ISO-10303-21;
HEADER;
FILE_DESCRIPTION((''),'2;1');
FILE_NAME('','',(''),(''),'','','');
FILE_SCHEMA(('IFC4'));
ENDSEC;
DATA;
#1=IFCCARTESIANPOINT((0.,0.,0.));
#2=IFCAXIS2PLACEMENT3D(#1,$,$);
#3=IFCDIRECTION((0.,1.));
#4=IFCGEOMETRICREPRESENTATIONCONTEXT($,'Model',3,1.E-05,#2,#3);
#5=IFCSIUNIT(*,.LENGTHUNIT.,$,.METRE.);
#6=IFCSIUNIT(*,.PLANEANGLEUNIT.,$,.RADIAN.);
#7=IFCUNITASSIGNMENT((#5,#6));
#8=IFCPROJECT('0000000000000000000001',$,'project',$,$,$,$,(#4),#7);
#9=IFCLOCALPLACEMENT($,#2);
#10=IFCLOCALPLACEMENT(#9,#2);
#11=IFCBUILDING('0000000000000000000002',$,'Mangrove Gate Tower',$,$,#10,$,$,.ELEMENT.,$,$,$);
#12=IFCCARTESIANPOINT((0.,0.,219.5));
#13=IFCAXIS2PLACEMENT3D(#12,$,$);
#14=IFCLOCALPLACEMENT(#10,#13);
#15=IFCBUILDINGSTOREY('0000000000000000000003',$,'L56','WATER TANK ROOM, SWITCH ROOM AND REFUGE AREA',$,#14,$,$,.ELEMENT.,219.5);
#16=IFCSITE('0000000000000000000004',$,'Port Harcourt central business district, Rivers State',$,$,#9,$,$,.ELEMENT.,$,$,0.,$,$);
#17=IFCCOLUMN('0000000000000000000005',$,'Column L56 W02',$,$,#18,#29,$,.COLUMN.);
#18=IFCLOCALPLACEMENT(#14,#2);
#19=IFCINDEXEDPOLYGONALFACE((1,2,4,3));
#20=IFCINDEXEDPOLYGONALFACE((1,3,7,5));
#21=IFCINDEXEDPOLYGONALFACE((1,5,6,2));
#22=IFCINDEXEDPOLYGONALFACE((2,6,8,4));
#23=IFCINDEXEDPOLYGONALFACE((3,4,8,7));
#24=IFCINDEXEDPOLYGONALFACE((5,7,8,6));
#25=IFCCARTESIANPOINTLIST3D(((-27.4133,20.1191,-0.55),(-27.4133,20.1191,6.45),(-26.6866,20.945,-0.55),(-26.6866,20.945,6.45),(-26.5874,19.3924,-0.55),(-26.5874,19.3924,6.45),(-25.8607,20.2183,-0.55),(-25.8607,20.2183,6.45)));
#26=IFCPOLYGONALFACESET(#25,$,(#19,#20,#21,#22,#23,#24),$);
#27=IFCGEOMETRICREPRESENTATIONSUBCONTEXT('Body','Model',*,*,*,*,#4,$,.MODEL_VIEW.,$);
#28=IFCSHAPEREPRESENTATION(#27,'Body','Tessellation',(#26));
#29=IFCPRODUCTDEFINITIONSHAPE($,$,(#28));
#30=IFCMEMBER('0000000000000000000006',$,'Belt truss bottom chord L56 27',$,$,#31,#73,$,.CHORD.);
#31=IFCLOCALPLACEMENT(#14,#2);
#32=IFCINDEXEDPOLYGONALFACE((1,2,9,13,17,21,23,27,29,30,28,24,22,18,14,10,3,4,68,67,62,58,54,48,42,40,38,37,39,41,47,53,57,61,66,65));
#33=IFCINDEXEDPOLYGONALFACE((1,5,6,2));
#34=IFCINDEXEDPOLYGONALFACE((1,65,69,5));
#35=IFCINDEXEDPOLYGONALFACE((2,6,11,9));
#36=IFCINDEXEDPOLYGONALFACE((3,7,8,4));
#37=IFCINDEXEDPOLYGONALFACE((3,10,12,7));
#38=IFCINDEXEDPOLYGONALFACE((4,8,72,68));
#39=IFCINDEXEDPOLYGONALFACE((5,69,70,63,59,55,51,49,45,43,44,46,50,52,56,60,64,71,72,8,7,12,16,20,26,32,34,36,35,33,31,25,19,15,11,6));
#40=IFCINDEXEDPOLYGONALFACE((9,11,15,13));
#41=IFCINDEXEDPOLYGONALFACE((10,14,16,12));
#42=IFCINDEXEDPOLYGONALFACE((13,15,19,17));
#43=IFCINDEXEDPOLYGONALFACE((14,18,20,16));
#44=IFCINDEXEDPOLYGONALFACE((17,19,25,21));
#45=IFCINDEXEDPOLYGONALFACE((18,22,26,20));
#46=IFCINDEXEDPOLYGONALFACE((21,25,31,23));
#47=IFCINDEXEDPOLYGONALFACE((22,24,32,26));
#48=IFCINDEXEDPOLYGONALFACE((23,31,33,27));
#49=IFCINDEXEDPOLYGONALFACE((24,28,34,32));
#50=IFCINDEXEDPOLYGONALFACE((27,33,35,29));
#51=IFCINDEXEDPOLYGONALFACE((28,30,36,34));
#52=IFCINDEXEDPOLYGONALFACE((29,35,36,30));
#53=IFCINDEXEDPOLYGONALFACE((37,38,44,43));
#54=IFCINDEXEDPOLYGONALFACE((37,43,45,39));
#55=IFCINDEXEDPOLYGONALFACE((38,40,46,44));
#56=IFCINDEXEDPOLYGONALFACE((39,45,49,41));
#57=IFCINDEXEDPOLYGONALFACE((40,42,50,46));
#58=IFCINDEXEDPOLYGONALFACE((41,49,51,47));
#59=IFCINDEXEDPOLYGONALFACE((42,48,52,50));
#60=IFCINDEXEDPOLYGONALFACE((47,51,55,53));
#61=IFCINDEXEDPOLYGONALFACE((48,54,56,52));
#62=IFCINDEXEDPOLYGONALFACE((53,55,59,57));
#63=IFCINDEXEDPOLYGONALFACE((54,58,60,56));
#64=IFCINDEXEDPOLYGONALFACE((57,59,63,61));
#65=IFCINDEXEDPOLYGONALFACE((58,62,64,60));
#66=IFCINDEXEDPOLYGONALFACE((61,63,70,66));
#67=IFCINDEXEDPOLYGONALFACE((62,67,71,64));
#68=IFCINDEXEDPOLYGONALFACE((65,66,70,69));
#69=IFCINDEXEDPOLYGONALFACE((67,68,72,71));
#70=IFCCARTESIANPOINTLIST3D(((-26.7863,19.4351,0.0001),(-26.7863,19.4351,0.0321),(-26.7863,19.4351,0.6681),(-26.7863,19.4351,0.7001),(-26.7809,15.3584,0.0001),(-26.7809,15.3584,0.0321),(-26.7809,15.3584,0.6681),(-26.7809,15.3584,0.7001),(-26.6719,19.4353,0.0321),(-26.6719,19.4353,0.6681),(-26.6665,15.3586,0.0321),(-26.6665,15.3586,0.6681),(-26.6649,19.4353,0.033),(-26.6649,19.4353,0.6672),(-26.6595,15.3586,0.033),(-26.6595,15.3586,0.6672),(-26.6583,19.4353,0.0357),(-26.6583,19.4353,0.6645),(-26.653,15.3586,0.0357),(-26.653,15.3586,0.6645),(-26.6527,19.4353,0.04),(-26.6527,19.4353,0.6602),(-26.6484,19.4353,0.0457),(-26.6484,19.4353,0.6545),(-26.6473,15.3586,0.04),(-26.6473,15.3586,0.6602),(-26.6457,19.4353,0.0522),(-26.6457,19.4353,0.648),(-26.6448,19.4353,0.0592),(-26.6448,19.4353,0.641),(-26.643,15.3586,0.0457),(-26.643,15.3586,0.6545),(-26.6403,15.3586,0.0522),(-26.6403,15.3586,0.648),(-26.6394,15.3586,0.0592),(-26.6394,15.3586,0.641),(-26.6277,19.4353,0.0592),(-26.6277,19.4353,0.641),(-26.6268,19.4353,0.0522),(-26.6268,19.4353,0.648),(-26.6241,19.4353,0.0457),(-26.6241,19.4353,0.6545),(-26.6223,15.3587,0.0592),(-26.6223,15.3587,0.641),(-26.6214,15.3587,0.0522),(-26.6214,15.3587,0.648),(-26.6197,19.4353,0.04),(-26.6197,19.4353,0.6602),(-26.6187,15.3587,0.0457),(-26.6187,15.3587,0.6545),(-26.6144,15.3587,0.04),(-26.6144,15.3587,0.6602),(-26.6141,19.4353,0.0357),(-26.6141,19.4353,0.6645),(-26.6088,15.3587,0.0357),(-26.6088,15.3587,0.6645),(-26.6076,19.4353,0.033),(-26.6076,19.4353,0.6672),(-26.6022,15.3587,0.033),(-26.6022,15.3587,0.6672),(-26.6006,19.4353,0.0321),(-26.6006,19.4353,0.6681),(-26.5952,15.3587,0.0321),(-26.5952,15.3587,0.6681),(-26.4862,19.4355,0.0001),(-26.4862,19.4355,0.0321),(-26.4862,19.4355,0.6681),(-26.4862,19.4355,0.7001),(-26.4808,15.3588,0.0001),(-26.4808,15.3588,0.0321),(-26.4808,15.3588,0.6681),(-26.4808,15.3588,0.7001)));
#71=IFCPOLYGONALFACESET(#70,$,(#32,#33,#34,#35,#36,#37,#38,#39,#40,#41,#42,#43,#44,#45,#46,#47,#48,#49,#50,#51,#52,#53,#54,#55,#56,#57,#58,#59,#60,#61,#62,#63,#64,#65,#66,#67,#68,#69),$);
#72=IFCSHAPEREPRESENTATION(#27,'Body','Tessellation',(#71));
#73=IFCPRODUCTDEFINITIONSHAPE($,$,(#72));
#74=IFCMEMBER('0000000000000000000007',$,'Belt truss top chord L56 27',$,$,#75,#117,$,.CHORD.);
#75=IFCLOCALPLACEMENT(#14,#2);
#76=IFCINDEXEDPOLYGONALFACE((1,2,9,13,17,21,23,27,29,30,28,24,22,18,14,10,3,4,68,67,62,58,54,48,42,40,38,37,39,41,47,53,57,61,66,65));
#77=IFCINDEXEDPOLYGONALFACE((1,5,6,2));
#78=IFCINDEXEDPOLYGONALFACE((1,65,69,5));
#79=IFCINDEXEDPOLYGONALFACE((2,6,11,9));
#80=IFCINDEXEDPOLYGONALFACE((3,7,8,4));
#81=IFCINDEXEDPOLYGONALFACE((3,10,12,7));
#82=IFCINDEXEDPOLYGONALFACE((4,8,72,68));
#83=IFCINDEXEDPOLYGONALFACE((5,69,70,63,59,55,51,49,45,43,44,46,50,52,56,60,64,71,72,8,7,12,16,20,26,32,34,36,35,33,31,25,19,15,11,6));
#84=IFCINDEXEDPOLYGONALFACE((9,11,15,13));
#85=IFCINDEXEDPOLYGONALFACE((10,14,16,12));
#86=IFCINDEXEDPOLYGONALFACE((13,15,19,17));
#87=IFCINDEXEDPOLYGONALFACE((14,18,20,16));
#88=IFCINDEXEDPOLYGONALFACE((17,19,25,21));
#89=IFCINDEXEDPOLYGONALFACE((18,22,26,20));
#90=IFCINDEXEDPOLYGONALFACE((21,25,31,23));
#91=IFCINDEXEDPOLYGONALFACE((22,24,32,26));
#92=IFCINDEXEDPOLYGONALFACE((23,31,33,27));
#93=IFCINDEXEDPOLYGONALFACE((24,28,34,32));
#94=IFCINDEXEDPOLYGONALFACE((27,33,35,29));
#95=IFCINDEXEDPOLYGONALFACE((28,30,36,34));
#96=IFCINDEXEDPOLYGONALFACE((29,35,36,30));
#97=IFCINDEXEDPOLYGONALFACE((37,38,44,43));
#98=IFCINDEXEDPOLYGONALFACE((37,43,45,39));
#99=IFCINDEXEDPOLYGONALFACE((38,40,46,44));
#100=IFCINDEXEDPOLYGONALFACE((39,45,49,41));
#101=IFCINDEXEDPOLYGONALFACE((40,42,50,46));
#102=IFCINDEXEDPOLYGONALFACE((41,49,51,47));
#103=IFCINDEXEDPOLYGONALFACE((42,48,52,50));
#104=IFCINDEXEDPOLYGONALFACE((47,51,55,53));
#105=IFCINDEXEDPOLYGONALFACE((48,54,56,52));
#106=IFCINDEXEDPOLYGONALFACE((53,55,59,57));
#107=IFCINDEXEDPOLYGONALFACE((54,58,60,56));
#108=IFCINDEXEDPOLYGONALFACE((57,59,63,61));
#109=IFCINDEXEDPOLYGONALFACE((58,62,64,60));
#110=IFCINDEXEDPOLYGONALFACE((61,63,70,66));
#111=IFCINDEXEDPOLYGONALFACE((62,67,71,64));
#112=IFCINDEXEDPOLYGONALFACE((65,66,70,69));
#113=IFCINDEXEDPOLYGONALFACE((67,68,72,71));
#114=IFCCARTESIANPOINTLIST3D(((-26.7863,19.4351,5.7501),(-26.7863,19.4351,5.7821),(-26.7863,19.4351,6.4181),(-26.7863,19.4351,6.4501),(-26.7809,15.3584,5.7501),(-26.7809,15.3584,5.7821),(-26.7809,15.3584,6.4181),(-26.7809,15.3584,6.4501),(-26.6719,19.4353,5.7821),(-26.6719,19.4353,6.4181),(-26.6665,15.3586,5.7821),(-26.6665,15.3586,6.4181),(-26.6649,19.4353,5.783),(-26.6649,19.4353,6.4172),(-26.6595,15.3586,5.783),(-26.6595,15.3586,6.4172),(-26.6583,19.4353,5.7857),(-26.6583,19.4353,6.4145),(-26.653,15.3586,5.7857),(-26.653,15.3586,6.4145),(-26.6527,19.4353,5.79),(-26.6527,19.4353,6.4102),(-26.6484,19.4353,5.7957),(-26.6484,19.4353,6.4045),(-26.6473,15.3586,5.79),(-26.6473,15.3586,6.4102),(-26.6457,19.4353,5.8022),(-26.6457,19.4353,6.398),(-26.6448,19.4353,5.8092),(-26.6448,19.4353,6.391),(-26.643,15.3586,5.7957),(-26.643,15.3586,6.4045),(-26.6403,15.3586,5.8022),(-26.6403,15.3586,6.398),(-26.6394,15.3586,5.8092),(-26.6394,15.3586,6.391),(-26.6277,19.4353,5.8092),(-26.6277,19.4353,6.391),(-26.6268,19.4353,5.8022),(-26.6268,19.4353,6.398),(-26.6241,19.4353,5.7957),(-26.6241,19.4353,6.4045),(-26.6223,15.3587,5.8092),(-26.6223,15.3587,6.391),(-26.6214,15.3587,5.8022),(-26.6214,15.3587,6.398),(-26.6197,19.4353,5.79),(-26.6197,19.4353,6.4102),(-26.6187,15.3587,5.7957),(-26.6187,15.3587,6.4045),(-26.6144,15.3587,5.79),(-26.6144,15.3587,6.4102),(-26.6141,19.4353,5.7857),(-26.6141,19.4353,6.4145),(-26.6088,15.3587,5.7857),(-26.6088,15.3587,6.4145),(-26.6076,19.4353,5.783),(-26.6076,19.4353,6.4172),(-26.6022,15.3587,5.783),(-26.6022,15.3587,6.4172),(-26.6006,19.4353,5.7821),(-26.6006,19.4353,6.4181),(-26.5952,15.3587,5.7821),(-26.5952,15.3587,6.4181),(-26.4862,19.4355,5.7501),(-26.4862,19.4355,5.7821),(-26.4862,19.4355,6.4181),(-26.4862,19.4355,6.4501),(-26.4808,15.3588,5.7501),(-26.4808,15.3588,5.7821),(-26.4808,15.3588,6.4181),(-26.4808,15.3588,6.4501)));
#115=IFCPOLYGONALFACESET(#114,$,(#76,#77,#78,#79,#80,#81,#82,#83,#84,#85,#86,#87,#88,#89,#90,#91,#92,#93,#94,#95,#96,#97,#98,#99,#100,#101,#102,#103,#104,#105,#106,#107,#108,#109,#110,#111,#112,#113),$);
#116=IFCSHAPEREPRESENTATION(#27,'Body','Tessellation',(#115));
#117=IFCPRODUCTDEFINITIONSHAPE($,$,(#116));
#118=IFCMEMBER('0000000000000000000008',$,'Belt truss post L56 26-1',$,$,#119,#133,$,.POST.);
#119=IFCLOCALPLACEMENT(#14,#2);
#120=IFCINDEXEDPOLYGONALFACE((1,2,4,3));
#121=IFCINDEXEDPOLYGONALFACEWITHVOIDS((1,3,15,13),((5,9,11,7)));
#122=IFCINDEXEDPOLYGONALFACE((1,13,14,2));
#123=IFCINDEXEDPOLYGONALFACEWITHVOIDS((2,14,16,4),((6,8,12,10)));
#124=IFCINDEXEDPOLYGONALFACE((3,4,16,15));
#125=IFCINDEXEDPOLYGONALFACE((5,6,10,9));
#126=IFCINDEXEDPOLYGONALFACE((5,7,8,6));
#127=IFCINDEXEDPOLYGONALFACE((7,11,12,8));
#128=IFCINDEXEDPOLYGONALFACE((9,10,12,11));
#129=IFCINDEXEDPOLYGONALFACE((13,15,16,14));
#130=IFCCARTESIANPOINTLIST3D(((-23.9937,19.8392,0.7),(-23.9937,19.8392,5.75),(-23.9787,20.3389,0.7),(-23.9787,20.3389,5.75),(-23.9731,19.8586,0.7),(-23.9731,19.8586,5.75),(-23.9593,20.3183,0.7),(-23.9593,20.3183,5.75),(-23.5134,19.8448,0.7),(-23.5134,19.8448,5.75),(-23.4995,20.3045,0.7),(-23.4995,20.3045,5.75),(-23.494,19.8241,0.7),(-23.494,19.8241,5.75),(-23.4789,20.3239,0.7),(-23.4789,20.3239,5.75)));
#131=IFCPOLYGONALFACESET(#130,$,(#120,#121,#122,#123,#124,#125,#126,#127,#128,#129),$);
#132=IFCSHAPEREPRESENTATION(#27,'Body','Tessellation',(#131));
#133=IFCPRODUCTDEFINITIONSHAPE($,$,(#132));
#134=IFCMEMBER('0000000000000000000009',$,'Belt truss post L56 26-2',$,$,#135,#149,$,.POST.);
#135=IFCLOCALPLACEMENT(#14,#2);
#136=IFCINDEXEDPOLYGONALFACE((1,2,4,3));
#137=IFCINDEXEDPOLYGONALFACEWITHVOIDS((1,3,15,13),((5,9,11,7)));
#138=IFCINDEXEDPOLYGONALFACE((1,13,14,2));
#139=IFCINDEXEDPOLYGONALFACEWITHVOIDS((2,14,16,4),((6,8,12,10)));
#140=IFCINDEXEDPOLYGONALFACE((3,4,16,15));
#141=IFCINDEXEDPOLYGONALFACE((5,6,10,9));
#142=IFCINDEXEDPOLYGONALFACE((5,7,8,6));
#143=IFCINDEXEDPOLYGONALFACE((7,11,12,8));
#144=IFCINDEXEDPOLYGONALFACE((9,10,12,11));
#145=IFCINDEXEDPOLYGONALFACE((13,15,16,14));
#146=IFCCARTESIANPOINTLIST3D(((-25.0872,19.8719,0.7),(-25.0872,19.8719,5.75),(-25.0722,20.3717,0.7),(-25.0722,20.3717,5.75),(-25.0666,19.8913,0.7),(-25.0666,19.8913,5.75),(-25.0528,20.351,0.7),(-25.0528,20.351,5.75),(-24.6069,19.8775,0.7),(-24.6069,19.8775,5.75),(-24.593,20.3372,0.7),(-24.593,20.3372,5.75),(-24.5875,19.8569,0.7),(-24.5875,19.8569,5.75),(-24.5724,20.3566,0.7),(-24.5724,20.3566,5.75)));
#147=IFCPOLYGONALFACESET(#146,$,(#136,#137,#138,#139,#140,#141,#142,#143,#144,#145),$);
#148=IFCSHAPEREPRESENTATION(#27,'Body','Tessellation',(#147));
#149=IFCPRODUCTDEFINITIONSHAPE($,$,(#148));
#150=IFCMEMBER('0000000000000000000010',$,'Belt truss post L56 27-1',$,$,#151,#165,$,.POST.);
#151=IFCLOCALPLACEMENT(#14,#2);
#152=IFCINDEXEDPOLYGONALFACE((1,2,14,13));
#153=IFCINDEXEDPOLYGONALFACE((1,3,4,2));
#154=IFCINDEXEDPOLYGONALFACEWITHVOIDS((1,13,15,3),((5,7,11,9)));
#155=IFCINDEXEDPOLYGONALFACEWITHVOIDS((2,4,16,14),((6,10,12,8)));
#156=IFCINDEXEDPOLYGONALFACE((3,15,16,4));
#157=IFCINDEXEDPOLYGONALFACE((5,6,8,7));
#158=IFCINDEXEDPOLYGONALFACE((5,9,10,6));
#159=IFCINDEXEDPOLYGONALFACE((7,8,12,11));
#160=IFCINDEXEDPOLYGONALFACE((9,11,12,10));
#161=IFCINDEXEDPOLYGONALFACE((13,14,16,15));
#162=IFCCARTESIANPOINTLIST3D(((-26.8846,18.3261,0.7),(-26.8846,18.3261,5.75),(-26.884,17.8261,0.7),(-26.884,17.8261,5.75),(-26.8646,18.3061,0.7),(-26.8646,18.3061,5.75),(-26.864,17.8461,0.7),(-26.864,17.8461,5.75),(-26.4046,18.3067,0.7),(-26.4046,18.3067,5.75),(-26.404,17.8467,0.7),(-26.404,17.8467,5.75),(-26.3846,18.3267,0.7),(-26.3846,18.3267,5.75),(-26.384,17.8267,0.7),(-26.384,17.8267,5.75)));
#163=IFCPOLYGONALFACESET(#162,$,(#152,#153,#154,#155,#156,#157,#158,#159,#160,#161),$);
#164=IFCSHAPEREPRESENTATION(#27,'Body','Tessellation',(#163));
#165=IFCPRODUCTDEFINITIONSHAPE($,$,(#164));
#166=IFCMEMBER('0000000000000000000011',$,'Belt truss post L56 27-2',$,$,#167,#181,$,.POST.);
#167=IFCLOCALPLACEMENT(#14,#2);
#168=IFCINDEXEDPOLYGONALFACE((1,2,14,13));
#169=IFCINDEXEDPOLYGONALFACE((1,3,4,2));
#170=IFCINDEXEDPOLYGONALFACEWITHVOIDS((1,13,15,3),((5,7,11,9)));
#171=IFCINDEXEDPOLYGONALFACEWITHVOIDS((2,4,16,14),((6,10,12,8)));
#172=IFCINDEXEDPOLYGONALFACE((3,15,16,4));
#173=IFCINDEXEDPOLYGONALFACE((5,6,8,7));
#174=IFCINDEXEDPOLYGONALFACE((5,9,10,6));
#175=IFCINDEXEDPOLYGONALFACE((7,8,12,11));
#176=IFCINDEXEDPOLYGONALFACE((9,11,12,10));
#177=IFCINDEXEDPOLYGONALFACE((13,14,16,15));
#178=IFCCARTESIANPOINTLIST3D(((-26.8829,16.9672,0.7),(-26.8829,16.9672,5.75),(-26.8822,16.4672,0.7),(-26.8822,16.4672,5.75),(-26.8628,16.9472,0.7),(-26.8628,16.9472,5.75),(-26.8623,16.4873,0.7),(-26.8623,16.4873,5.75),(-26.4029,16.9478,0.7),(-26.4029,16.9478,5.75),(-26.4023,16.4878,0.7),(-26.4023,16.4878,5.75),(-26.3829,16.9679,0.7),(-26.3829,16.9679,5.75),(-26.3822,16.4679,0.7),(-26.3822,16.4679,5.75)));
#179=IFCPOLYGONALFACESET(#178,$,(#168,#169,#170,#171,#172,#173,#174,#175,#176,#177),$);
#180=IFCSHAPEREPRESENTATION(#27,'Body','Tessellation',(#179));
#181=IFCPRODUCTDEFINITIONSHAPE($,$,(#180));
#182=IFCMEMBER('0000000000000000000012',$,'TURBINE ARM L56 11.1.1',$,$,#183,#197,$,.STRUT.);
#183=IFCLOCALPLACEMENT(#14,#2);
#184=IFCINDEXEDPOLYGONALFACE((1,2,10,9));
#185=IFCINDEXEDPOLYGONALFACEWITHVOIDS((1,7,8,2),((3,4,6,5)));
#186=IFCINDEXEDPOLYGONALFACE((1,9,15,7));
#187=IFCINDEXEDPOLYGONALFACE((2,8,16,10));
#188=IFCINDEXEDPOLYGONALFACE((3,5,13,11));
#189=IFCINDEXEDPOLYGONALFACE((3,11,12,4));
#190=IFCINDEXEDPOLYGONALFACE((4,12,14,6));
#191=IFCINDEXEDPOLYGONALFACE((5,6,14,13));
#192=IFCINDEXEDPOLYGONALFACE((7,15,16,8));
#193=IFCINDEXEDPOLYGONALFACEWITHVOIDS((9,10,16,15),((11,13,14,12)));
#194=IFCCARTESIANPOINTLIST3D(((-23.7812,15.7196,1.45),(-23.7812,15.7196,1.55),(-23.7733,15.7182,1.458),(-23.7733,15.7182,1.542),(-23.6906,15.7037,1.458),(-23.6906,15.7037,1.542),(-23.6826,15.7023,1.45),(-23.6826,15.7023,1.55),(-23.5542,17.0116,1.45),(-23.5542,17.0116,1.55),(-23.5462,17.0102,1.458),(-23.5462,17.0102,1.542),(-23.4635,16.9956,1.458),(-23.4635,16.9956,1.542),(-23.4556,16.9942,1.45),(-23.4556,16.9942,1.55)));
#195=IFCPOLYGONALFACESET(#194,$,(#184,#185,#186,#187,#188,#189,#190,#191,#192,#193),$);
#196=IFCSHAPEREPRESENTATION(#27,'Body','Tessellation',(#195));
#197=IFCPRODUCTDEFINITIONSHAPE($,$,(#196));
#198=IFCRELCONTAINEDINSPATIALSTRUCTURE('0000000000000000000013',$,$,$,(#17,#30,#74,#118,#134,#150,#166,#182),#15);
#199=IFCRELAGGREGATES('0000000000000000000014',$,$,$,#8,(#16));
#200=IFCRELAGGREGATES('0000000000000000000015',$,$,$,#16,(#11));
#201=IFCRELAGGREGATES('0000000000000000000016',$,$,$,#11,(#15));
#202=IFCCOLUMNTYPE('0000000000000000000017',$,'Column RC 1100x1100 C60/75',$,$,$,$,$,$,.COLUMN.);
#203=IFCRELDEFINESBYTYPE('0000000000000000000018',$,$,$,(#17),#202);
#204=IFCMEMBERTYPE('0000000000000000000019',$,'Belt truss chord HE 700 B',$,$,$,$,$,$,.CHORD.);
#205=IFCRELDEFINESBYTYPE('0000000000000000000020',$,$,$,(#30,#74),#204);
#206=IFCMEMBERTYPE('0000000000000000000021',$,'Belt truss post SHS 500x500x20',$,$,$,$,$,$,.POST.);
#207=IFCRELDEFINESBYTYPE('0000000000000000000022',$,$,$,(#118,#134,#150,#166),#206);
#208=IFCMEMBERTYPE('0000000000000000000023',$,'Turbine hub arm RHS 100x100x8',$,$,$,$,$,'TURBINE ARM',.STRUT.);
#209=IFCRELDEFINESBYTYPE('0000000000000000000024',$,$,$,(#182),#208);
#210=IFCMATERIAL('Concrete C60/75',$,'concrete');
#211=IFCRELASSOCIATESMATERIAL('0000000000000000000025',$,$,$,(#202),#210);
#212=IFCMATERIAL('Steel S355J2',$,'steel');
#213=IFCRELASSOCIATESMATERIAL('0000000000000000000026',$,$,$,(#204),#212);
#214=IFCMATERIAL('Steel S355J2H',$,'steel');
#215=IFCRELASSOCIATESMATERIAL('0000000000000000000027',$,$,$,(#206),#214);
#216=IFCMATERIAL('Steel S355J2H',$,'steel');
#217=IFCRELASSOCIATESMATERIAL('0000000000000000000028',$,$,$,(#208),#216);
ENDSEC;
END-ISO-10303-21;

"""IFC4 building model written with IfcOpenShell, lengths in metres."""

from ifc_helpers import new_model, si_unit, direction, frame, origin, origin_2d, place, context, subcontext, project, spatial, rectangle, hollow_rectangle, i_section, extrude, material, material_profile, profile_set, type_object, element, save


model = new_model("IFC4")

# Units and contexts
model_context = context("Model", 3, precision=1e-05, world=origin(), true_north=direction((0.0, 1.0)))
body_context = subcontext(model_context, "Body", "Model", "MODEL_VIEW")
ifc_project = project(units=[si_unit("LENGTHUNIT", "METRE"), si_unit("PLANEANGLEUNIT", "RADIAN")], contexts=[model_context])

# Site, building, storey
site_placement = place(None, origin())
site = spatial("IfcSite", under=ifc_project, at=site_placement, Name="Port Harcourt central business district, Rivers State", CompositionType="ELEMENT", RefElevation=0.0)
building_placement = place(site_placement, origin())
building = spatial("IfcBuilding", under=site, at=building_placement, Name="Mangrove Gate Tower", CompositionType="ELEMENT")
storey_placement = place(building_placement, frame((0.0, 0.0, 219.5)))
storey = spatial("IfcBuildingStorey", under=building, at=storey_placement, Name="L56", Description="WATER TANK ROOM, SWITCH ROOM AND REFUGE AREA", CompositionType="ELEMENT", Elevation=219.5)

# Column
ifc_material_1 = material(Name="Concrete C60/75", Category="concrete")
ifc_material_profile_1 = material_profile(ifc_material_1, rectangle(XDim=1.1001, YDim=1.1001, at=origin_2d()))
ifc_profile_set_1 = profile_set([ifc_material_profile_1], Name="Concrete C60/75")
column_type = type_object("IfcColumnType", Name="Column RC 1100x1100 C60/75", PredefinedType="COLUMN", material=ifc_profile_set_1)
column_placement = place(storey_placement, frame((-26.637, 20.1687, -0.55), z_axis=(0.0, 0.0, 1.0), x_axis=(-0.66057, -0.750764, 0.0)))
element("IfcColumn", 1, at=column_placement, inside=storey, type_object=column_type, Name="Column L56 W02", PredefinedType="COLUMN", context=body_context, shape_type="SweptSolid", body=[
    extrude(rectangle(XDim=1.1001, YDim=1.1001, at=origin_2d()), origin(), (0.0, 0.0, 1.0), 7.0),
])

# Members
ifc_material_2 = material(Name="Steel S355J2", Category="steel")
ifc_material_profile_2 = material_profile(ifc_material_2, i_section(OverallWidth=0.3, OverallDepth=0.7, WebThickness=0.0171, FlangeThickness=0.032, FilletRadius=0.0271, at=origin_2d()))
ifc_profile_set_2 = profile_set([ifc_material_profile_2], Name="Steel S355J2")
member_type_1 = type_object("IfcMemberType", Name="Belt truss chord HE 700 B", PredefinedType="CHORD", material=ifc_profile_set_2)
for number, where, z_axis, x_axis, name in (
    (2, (-26.6362, 19.4353, 0.3501), (0.001318, -0.999999, 0.0), (0.999999, 0.001318, 0.0), "Belt truss bottom chord L56 27"),
    (3, (-26.6362, 19.4353, 6.1001), (0.001318, -0.999999, 0.0), (0.999999, 0.001318, 0.0), "Belt truss top chord L56 27"),
):
    element("IfcMember", number, at=place(storey_placement, frame(where, z_axis=z_axis, x_axis=x_axis)), inside=storey, type_object=member_type_1, Name=name, PredefinedType="CHORD", context=body_context, shape_type="SweptSolid", body=[
        extrude(i_section(OverallWidth=0.3, OverallDepth=0.7, WebThickness=0.0171, FlangeThickness=0.032, FilletRadius=0.0271, at=origin_2d()), origin(), (0.0, 0.0, 1.0), 4.0767),
    ])
ifc_material_3 = material(Name="Steel S355J2H", Category="steel")
ifc_material_profile_3 = material_profile(ifc_material_3, hollow_rectangle(XDim=0.5, YDim=0.5, WallThickness=0.02, at=origin_2d()))
ifc_profile_set_3 = profile_set([ifc_material_profile_3], Name="Steel S355J2H")
member_type_2 = type_object("IfcMemberType", Name="Belt truss post SHS 500x500x20", PredefinedType="POST", material=ifc_profile_set_3)
for number, where, z_axis, x_axis, name in (
    (4, (-23.7363, 20.0815, 0.7), (0.0, 0.0, 1.0), (-0.999548, 0.030058, 0.0), "Belt truss post L56 26-1"),
    (5, (-24.8298, 20.1143, 0.7), (0.0, 0.0, 1.0), (-0.999548, 0.030058, 0.0), "Belt truss post L56 26-2"),
    (6, (-26.6343, 18.0764, 0.7), (0.0, 0.0, 1.0), (0.001295, -0.999999, 0.0), "Belt truss post L56 27-1"),
    (7, (-26.6326, 16.7175, 0.7), (0.0, 0.0, 1.0), (0.001295, -0.999999, 0.0), "Belt truss post L56 27-2"),
):
    element("IfcMember", number, at=place(storey_placement, frame(where, z_axis=z_axis, x_axis=x_axis)), inside=storey, type_object=member_type_2, Name=name, PredefinedType="POST", context=body_context, shape_type="SweptSolid", body=[
        extrude(hollow_rectangle(XDim=0.5, YDim=0.5, WallThickness=0.02, at=origin_2d()), origin(), (0.0, 0.0, 1.0), 5.05),
    ])
ifc_material_4 = material(Name="Steel S355J2H", Category="steel")
ifc_material_profile_4 = material_profile(ifc_material_4, hollow_rectangle(XDim=0.1001, YDim=0.1001, WallThickness=0.0081, at=origin_2d()))
ifc_profile_set_4 = profile_set([ifc_material_profile_4], Name="Steel S355J2H")
member_type_3 = type_object("IfcMemberType", Name="Turbine hub arm RHS 100x100x8", ElementType="TURBINE ARM", PredefinedType="STRUT", material=ifc_profile_set_4)
for number, where, z_axis, x_axis, name in (
    (8, (-23.7319, 15.7109, 1.5), (0.173085, 0.984907, 0.0), (-0.984907, 0.173085, 0.0), "TURBINE ARM L56 11.1.1"),
):
    element("IfcMember", number, at=place(storey_placement, frame(where, z_axis=z_axis, x_axis=x_axis)), inside=storey, type_object=member_type_3, Name=name, PredefinedType="STRUT", context=body_context, shape_type="SweptSolid", body=[
        extrude(hollow_rectangle(XDim=0.1001, YDim=0.1001, WallThickness=0.0081, at=origin_2d()), origin(), (0.0, 0.0, 1.0), 1.3118),
    ])

save(model, "model.ifc")
